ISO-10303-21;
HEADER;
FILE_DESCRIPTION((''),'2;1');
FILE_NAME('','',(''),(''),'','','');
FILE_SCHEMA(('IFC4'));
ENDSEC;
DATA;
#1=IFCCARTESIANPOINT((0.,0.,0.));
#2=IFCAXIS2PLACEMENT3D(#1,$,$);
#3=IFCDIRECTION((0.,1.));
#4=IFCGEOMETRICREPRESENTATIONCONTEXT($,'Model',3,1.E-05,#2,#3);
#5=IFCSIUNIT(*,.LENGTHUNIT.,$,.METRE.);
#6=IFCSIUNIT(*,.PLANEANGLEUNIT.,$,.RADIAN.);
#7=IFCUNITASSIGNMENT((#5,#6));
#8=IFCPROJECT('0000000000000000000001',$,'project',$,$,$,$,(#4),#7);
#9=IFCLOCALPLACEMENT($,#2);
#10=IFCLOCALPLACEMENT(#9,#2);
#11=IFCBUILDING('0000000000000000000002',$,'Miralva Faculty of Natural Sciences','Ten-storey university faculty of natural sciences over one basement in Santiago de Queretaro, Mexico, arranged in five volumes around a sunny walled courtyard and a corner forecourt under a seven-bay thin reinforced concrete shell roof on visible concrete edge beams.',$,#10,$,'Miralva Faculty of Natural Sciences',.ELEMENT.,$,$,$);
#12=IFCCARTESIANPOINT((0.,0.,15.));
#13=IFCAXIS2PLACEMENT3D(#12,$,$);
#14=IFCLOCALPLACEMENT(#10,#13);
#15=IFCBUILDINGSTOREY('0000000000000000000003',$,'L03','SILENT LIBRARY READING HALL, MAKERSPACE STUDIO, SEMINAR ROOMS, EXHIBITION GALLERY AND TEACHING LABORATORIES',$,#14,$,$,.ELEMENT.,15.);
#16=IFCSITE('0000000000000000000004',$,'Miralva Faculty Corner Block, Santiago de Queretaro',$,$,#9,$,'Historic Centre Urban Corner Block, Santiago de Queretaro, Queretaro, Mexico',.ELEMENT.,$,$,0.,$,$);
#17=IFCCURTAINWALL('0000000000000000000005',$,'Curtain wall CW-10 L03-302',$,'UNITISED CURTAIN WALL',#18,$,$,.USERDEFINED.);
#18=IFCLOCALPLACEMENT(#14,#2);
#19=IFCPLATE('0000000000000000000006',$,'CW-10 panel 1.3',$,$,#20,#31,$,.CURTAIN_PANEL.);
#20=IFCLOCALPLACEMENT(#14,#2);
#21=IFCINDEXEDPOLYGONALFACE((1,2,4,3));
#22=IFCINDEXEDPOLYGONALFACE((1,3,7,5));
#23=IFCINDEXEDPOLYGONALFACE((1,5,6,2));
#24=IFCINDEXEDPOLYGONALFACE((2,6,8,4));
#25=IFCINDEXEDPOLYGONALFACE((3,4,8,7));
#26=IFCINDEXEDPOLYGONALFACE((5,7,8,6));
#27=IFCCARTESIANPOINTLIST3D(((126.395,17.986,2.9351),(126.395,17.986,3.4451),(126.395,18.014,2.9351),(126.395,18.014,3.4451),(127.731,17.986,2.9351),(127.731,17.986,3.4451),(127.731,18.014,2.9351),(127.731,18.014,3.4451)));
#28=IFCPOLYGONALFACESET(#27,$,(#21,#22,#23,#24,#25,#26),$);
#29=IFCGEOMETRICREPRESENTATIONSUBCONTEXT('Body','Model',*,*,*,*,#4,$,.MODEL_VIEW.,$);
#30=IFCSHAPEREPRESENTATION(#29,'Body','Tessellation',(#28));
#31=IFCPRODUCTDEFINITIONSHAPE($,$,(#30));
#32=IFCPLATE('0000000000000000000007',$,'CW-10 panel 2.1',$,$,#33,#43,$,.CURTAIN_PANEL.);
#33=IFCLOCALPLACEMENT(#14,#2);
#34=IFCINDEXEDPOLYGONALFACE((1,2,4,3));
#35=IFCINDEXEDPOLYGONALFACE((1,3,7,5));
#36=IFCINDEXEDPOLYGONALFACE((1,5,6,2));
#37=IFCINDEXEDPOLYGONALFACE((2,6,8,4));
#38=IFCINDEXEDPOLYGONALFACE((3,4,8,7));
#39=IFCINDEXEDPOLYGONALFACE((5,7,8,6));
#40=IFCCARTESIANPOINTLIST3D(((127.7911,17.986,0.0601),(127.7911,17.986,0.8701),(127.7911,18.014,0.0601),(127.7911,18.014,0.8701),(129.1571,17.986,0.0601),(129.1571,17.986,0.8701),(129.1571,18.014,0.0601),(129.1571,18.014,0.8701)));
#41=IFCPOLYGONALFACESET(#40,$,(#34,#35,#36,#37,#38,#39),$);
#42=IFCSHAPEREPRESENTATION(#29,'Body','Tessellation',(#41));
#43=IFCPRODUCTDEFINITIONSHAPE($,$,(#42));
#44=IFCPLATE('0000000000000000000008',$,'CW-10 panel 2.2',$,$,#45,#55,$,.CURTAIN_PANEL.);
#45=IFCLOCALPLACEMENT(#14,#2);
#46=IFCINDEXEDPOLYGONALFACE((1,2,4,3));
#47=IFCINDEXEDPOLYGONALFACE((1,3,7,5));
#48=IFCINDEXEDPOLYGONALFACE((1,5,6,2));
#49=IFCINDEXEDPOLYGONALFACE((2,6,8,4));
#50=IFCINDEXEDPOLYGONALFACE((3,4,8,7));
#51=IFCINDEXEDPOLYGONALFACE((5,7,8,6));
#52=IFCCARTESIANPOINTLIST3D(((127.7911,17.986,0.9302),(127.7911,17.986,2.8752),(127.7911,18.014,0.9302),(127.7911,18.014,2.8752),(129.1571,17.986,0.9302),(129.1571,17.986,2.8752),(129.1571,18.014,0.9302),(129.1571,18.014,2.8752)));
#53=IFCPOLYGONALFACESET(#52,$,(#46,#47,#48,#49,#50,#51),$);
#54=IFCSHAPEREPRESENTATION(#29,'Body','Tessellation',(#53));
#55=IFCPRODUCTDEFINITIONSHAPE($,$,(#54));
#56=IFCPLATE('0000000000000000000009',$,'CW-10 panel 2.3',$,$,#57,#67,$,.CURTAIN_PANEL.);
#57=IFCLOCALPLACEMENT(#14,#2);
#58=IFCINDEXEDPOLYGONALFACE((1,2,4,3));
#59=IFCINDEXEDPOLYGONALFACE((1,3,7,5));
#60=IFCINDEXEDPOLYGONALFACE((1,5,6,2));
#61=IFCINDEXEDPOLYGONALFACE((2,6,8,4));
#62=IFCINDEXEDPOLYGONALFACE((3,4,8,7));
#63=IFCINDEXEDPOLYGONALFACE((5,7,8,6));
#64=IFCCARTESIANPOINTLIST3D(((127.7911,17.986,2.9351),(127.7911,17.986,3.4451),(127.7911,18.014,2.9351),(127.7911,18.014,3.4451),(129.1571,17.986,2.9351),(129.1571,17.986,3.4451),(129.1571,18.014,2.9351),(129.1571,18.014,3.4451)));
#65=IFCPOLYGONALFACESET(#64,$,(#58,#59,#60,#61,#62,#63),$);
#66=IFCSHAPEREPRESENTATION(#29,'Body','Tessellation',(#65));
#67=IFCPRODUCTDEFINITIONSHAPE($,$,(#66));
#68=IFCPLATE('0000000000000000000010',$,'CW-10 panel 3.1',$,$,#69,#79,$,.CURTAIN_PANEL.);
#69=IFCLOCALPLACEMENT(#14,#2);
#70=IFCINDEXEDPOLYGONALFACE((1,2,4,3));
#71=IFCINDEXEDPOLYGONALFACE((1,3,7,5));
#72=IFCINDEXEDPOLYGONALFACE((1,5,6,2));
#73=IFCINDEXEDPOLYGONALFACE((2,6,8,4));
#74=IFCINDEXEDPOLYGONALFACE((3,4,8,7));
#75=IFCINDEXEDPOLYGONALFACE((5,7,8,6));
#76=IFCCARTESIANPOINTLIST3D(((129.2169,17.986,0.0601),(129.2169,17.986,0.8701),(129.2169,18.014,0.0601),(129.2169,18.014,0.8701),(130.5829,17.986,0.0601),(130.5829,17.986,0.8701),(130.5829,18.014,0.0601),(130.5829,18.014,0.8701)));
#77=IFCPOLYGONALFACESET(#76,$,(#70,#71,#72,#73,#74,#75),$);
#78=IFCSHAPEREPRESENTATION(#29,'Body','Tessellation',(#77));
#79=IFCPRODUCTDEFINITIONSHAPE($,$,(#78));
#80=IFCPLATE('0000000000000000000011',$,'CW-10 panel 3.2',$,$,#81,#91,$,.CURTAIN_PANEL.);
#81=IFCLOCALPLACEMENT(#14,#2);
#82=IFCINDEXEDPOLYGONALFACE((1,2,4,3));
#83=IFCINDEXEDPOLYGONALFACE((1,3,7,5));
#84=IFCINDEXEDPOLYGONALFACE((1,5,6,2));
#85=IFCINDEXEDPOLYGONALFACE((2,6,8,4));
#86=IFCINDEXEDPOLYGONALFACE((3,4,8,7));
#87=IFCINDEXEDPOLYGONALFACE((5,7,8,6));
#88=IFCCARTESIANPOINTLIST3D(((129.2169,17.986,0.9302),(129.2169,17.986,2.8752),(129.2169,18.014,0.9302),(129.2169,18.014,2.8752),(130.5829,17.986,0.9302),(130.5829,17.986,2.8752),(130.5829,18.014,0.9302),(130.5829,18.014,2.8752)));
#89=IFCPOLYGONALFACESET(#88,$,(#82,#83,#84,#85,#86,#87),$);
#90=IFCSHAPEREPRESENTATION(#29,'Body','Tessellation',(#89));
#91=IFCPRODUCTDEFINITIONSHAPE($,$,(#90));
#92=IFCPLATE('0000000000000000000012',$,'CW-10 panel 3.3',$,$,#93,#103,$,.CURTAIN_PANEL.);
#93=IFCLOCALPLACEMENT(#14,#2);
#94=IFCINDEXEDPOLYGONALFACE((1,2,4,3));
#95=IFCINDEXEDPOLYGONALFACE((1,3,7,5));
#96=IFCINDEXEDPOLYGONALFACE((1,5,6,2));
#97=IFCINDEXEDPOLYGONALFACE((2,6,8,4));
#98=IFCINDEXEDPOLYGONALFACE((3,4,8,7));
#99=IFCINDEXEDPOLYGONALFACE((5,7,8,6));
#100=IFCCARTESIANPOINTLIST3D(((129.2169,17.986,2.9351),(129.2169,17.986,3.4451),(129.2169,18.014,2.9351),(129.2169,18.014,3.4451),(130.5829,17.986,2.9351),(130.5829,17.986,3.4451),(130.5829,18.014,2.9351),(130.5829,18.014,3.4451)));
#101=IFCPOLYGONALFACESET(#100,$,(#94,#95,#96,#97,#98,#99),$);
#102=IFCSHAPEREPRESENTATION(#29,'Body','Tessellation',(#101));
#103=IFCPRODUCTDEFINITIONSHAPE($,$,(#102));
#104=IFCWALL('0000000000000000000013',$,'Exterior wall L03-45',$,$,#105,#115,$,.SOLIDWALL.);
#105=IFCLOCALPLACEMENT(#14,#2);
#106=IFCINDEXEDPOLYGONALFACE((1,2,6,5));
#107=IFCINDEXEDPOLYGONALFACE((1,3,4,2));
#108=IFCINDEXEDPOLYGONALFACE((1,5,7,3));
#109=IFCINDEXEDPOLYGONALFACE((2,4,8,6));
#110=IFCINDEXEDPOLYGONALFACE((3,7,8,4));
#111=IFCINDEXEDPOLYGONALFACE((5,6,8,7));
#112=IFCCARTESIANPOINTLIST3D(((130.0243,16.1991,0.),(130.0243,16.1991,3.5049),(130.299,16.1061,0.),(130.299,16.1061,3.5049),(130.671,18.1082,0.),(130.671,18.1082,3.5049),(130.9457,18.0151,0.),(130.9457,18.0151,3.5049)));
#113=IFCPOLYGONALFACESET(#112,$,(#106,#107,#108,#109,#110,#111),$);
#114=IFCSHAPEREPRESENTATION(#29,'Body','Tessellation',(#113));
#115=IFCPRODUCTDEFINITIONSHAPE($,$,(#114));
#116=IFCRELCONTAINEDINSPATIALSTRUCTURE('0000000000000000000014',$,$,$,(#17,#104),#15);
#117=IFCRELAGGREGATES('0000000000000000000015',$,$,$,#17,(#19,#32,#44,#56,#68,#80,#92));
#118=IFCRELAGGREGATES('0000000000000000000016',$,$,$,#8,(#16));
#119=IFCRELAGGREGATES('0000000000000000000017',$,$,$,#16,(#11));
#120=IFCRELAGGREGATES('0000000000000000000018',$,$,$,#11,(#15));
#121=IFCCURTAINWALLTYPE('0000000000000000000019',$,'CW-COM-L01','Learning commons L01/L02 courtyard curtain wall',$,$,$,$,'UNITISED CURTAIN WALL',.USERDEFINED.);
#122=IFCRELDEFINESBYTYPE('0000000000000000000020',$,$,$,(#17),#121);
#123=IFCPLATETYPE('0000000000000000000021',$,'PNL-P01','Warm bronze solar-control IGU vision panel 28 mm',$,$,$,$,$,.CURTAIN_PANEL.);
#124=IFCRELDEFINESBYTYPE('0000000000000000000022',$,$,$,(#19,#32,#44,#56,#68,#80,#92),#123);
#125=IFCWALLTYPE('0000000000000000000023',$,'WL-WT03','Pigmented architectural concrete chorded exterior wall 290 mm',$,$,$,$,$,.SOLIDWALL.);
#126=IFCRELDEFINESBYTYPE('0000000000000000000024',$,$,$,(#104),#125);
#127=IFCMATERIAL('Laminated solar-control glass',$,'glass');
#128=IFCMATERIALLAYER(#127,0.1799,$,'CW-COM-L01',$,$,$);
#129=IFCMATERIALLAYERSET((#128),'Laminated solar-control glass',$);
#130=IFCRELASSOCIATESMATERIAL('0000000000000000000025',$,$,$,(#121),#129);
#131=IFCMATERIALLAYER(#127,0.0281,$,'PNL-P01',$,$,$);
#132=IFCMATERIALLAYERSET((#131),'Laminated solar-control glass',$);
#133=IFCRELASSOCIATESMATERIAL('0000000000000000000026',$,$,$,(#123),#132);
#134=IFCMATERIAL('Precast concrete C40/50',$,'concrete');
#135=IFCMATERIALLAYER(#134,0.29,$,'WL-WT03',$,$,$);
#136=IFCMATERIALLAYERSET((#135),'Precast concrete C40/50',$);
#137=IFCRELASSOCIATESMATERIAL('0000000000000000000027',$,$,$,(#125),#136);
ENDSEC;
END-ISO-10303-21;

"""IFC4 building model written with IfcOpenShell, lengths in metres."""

from ifc_helpers import new_model, si_unit, direction, frame, frame_2d, origin, origin_2d, place, context, subcontext, project, spatial, rectangle, extrude, material, layer, layer_set, type_object, element, aggregate, save


model = new_model("IFC4")

# Units and contexts
model_context = context("Model", 3, precision=1e-05, world=origin(), true_north=direction((0.0, 1.0)))
body_context = subcontext(model_context, "Body", "Model", "MODEL_VIEW")
ifc_project = project(units=[si_unit("LENGTHUNIT", "METRE"), si_unit("PLANEANGLEUNIT", "RADIAN")], contexts=[model_context])

# Site, building, storey
site_placement = place(None, origin())
site = spatial("IfcSite", under=ifc_project, at=site_placement, Name="Miralva Faculty Corner Block, Santiago de Queretaro", LongName="Historic Centre Urban Corner Block, Santiago de Queretaro, Queretaro, Mexico", CompositionType="ELEMENT", RefElevation=0.0)
building_placement = place(site_placement, origin())
building = spatial("IfcBuilding", under=site, at=building_placement, Name="Miralva Faculty of Natural Sciences", Description="Ten-storey university faculty of natural sciences over one basement in Santiago de Queretaro, Mexico, arranged in five volumes around a sunny walled courtyard and a corner forecourt under a seven-bay thin reinforced concrete shell roof on visible concrete edge beams.", LongName="Miralva Faculty of Natural Sciences", CompositionType="ELEMENT")
storey_placement = place(building_placement, frame((0.0, 0.0, 15.0)))
storey = spatial("IfcBuildingStorey", under=building, at=storey_placement, Name="L03", Description="SILENT LIBRARY READING HALL, MAKERSPACE STUDIO, SEMINAR ROOMS, EXHIBITION GALLERY AND TEACHING LABORATORIES", CompositionType="ELEMENT", Elevation=15.0)

# Shared definitions
ifc_material_1 = material(Name="Laminated solar-control glass", Category="glass")

# Curtain wall
ifc_layer_1 = layer(ifc_material_1, 0.1799, Name="CW-COM-L01")
ifc_layer_set_1 = layer_set([ifc_layer_1], Name="Laminated solar-control glass")
curtain_wall_type_1 = type_object("IfcCurtainWallType", Name="CW-COM-L01", Description="Learning commons L01/L02 courtyard curtain wall", ElementType="UNITISED CURTAIN WALL", PredefinedType="USERDEFINED", material=ifc_layer_set_1)
curtain_wall_1_placement = place(storey_placement, origin())
curtain_wall_1 = element("IfcCurtainWall", 1, at=curtain_wall_1_placement, inside=storey, type_object=curtain_wall_type_1, Name="Curtain wall CW-10 L03-302", ObjectType="UNITISED CURTAIN WALL", PredefinedType="USERDEFINED")

# Plates
ifc_layer_2 = layer(ifc_material_1, 0.0281, Name="PNL-P01")
ifc_layer_set_2 = layer_set([ifc_layer_2], Name="Laminated solar-control glass")
plate_type = type_object("IfcPlateType", Name="PNL-P01", Description="Warm bronze solar-control IGU vision panel 28 mm", PredefinedType="CURTAIN_PANEL", material=ifc_layer_set_2)
plate_1_placement = place(storey_placement, frame((127.063, 18.0, 2.9351), z_axis=(0.0, 0.0, 1.0), x_axis=(1.0, 0.0, 0.0)))
plate_1 = element("IfcPlate", 2, at=plate_1_placement, type_object=plate_type, Name="CW-10 panel 1.3", PredefinedType="CURTAIN_PANEL", context=body_context, shape_type="SweptSolid", body=[
    extrude(rectangle(XDim=1.3359, YDim=0.0281, at=origin_2d()), origin(), (0.0, 0.0, 1.0), 0.51),
])
plate_2_placement = place(storey_placement, frame((128.4741, 18.0, 0.0601), z_axis=(0.0, 0.0, 1.0), x_axis=(1.0, 0.0, 0.0)))
plate_2 = element("IfcPlate", 3, at=plate_2_placement, type_object=plate_type, Name="CW-10 panel 2.1", PredefinedType="CURTAIN_PANEL", context=body_context, shape_type="SweptSolid", body=[
    extrude(rectangle(XDim=1.366, YDim=0.0281, at=origin_2d()), origin(), (0.0, 0.0, 1.0), 0.8101),
])
plate_3_placement = place(storey_placement, frame((128.4741, 18.0, 0.9302), z_axis=(0.0, 0.0, 1.0), x_axis=(1.0, 0.0, 0.0)))
plate_3 = element("IfcPlate", 4, at=plate_3_placement, type_object=plate_type, Name="CW-10 panel 2.2", PredefinedType="CURTAIN_PANEL", context=body_context, shape_type="SweptSolid", body=[
    extrude(rectangle(XDim=1.366, YDim=0.0281, at=origin_2d()), origin(), (0.0, 0.0, 1.0), 1.9451),
])
plate_4_placement = place(storey_placement, frame((128.4741, 18.0, 2.9351), z_axis=(0.0, 0.0, 1.0), x_axis=(1.0, 0.0, 0.0)))
plate_4 = element("IfcPlate", 5, at=plate_4_placement, type_object=plate_type, Name="CW-10 panel 2.3", PredefinedType="CURTAIN_PANEL", context=body_context, shape_type="SweptSolid", body=[
    extrude(rectangle(XDim=1.366, YDim=0.0281, at=origin_2d()), origin(), (0.0, 0.0, 1.0), 0.51),
])
plate_5_placement = place(storey_placement, frame((129.8999, 18.0, 0.0601), z_axis=(0.0, 0.0, 1.0), x_axis=(1.0, 0.0, 0.0)))
plate_5 = element("IfcPlate", 6, at=plate_5_placement, type_object=plate_type, Name="CW-10 panel 3.1", PredefinedType="CURTAIN_PANEL", context=body_context, shape_type="SweptSolid", body=[
    extrude(rectangle(XDim=1.366, YDim=0.0281, at=origin_2d()), origin(), (0.0, 0.0, 1.0), 0.8101),
])
plate_6_placement = place(storey_placement, frame((129.8999, 18.0, 0.9302), z_axis=(0.0, 0.0, 1.0), x_axis=(1.0, 0.0, 0.0)))
plate_6 = element("IfcPlate", 7, at=plate_6_placement, type_object=plate_type, Name="CW-10 panel 3.2", PredefinedType="CURTAIN_PANEL", context=body_context, shape_type="SweptSolid", body=[
    extrude(rectangle(XDim=1.366, YDim=0.0281, at=origin_2d()), origin(), (0.0, 0.0, 1.0), 1.9451),
])
plate_7_placement = place(storey_placement, frame((129.8999, 18.0, 2.9351), z_axis=(0.0, 0.0, 1.0), x_axis=(1.0, 0.0, 0.0)))
plate_7 = element("IfcPlate", 8, at=plate_7_placement, type_object=plate_type, Name="CW-10 panel 3.3", PredefinedType="CURTAIN_PANEL", context=body_context, shape_type="SweptSolid", body=[
    extrude(rectangle(XDim=1.366, YDim=0.0281, at=origin_2d()), origin(), (0.0, 0.0, 1.0), 0.51),
])
aggregate(curtain_wall_1, [plate_1, plate_2, plate_3, plate_4, plate_5, plate_6, plate_7])

# Wall
ifc_material_2 = material(Name="Precast concrete C40/50", Category="concrete")
ifc_layer_3 = layer(ifc_material_2, 0.29, Name="WL-WT03")
ifc_layer_set_3 = layer_set([ifc_layer_3], Name="Precast concrete C40/50")
wall_type = type_object("IfcWallType", Name="WL-WT03", Description="Pigmented architectural concrete chorded exterior wall 290 mm", PredefinedType="SOLIDWALL", material=ifc_layer_set_3)
wall_placement = place(storey_placement, frame((130.1616, 16.1526, 0.0), z_axis=(0.0, 0.0, 1.0), x_axis=(0.320875, 0.947121, 0.0)))
element("IfcWall", 9, at=wall_placement, inside=storey, type_object=wall_type, Name="Exterior wall L03-45", PredefinedType="SOLIDWALL", context=body_context, shape_type="SweptSolid", body=[
    extrude(rectangle(XDim=2.0156, YDim=0.29, at=frame_2d((1.0078, 0.0))), origin(), (0.0, 0.0, 1.0), 3.5049),
])

save(model, "model.ifc")
